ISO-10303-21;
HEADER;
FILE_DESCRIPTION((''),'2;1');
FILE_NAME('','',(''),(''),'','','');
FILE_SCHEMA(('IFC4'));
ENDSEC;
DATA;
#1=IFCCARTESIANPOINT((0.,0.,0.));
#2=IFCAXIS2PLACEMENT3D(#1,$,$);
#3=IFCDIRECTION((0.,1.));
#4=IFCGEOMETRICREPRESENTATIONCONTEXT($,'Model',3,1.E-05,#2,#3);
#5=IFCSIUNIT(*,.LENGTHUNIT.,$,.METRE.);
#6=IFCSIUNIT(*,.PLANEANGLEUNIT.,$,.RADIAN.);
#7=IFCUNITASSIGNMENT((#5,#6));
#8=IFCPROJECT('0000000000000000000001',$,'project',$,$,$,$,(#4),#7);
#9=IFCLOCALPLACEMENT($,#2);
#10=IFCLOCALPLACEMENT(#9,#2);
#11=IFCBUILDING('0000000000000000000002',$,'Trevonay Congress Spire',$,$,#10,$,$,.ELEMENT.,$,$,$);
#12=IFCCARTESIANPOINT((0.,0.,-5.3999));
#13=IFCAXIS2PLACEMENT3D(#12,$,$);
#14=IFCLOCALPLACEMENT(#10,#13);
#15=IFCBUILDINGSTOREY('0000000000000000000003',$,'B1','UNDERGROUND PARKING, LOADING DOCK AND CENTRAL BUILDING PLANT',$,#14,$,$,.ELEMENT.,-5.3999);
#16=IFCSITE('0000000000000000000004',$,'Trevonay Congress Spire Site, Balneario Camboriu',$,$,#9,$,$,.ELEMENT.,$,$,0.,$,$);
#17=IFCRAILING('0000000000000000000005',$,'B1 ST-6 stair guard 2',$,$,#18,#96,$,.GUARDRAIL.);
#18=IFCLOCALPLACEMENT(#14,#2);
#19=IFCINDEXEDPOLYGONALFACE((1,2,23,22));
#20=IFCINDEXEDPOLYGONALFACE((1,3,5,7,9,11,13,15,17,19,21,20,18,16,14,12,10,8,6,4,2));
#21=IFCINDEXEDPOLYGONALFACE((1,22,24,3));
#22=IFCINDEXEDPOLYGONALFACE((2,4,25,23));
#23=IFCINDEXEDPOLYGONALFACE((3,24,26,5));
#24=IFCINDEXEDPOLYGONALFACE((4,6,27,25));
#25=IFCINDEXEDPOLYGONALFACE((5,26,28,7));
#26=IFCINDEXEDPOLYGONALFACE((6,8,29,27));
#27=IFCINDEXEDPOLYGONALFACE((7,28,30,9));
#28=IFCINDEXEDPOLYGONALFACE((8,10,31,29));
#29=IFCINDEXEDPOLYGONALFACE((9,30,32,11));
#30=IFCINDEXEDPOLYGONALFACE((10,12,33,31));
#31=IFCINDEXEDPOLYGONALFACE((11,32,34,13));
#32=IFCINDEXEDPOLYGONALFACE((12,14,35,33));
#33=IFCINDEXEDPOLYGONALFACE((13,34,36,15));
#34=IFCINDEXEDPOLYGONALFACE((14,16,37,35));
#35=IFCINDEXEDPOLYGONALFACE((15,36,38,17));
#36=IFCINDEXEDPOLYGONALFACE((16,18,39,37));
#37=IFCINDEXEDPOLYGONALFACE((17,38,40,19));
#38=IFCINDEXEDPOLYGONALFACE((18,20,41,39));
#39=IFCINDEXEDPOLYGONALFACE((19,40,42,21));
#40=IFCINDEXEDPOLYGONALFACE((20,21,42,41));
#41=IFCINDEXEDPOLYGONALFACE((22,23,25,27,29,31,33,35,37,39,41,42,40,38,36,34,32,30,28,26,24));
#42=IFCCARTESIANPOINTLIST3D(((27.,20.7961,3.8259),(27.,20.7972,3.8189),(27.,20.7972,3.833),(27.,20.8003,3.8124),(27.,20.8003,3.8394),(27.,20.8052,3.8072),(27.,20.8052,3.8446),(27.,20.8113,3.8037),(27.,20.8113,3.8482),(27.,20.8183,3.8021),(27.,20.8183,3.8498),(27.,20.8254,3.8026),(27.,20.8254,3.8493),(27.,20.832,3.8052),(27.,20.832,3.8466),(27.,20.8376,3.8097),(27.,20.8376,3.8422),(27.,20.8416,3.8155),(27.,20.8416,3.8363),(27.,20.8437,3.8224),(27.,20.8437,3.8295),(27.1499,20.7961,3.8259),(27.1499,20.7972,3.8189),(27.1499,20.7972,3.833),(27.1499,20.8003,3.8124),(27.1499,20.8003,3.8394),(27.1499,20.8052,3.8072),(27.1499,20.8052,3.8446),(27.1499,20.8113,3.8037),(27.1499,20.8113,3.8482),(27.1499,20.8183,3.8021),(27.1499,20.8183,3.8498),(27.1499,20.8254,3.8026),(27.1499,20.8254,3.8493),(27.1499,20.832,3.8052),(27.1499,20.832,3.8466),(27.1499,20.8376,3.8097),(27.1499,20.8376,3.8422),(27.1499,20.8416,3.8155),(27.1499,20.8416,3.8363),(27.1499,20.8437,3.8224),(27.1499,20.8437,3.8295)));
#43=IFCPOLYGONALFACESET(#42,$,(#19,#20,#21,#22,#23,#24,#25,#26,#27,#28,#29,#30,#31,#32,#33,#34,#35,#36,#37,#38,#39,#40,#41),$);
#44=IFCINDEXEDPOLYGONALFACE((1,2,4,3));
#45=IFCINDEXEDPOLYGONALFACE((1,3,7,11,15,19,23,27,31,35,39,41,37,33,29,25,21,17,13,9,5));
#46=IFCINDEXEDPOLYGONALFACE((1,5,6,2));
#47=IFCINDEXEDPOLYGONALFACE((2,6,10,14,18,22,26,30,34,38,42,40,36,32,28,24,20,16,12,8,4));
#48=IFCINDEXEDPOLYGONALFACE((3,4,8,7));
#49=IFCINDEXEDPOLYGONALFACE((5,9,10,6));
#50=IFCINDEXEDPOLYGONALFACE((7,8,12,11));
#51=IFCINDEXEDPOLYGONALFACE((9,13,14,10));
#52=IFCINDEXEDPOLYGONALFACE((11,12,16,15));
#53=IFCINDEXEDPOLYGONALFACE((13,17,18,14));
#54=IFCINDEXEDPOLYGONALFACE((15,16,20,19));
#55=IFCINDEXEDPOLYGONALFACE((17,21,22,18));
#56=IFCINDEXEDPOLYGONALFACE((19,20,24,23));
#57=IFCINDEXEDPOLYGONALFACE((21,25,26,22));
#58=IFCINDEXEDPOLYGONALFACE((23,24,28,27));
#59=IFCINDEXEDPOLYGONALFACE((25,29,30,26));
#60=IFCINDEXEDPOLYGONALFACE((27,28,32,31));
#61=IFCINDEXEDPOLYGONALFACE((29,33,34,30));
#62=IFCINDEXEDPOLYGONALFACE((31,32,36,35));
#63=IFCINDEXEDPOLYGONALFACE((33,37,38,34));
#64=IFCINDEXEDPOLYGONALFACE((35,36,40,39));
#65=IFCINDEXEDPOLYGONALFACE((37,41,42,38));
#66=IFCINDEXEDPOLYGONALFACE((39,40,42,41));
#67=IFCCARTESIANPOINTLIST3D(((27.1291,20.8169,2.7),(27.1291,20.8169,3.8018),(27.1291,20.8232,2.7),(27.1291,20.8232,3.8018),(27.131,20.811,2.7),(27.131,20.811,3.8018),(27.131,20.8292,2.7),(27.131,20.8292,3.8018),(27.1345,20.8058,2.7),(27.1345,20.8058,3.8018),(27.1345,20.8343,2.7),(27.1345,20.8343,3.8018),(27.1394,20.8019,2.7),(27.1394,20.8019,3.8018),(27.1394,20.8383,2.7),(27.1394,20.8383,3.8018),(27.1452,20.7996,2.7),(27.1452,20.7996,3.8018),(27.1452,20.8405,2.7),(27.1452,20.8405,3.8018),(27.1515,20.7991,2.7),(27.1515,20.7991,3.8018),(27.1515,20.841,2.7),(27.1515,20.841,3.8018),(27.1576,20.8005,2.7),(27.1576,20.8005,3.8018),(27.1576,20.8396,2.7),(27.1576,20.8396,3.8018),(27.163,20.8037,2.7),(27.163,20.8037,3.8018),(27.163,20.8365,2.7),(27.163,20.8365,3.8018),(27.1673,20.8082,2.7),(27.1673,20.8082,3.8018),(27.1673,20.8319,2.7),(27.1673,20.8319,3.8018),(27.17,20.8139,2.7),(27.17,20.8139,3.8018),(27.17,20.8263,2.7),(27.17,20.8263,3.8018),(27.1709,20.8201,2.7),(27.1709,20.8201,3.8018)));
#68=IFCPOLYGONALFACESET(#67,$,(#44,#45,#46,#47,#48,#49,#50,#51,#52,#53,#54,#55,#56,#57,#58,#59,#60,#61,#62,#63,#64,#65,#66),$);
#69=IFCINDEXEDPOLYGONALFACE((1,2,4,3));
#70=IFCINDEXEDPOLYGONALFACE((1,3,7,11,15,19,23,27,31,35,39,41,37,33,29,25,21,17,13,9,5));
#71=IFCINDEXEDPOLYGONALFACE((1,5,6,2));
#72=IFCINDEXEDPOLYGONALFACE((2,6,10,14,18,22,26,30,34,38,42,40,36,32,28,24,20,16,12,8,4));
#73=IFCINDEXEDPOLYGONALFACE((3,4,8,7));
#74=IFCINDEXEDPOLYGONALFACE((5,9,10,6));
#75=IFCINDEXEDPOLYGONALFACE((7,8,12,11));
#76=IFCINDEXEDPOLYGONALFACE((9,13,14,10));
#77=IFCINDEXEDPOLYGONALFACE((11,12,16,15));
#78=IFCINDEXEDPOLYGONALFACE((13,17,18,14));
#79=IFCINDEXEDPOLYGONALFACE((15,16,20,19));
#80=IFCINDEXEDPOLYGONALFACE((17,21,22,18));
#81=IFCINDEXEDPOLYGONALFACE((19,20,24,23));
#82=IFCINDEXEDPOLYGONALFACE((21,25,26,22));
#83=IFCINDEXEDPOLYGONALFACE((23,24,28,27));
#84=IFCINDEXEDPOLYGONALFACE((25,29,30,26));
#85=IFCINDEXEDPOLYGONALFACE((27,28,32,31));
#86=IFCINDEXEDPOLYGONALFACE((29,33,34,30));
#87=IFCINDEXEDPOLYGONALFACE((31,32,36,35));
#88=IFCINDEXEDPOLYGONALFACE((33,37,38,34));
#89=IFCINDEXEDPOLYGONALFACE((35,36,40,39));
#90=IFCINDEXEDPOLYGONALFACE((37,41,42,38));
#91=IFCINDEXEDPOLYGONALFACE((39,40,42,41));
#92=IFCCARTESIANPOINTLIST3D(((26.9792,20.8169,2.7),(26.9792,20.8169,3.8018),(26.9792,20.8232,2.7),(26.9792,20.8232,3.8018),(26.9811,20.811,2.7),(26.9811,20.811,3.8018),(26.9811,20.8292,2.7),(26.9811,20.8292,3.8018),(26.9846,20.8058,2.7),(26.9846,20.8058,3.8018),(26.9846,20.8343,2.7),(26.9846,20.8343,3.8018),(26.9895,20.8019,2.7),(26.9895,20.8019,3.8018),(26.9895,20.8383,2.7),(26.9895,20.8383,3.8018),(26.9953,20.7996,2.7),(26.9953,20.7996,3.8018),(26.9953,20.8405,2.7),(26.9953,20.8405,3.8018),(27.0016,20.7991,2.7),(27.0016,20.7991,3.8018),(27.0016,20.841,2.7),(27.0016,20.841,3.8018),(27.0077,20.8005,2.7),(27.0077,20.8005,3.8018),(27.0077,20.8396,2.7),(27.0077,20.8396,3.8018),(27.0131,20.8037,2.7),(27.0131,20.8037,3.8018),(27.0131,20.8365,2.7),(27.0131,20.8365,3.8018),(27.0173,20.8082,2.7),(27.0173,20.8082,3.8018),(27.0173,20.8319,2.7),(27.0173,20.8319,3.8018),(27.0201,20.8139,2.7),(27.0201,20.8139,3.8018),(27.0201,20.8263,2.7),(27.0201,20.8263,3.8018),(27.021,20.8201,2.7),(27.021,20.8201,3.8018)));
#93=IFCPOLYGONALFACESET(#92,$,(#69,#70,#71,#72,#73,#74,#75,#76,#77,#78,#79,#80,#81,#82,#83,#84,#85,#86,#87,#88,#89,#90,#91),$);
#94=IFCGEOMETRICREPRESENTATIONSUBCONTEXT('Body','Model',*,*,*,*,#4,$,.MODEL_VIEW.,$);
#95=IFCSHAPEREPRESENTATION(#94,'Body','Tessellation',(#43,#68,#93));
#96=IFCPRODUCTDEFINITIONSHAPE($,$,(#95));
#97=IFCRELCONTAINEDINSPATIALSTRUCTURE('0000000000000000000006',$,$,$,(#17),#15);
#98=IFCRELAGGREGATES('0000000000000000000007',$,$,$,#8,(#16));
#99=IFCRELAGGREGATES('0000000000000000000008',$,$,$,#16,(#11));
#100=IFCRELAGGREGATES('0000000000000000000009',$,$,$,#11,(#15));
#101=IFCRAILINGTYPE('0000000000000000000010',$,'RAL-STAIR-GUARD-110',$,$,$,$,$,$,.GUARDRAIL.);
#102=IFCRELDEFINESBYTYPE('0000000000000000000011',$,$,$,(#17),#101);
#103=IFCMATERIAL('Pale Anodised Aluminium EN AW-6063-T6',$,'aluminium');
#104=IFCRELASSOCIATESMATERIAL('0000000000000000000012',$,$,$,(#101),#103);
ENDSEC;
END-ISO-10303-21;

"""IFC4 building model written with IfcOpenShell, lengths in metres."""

from ifc_helpers import new_model, si_unit, direction, frame, origin, origin_2d, place, context, subcontext, project, spatial, circle, extrude, material, type_object, element, save


model = new_model("IFC4")

# Units and contexts
model_context = context("Model", 3, precision=1e-05, world=origin(), true_north=direction((0.0, 1.0)))
body_context = subcontext(model_context, "Body", "Model", "MODEL_VIEW")
ifc_project = project(units=[si_unit("LENGTHUNIT", "METRE"), si_unit("PLANEANGLEUNIT", "RADIAN")], contexts=[model_context])

# Site, building, storey
site_placement = place(None, origin())
site = spatial("IfcSite", under=ifc_project, at=site_placement, Name="Trevonay Congress Spire Site, Balneario Camboriu", CompositionType="ELEMENT", RefElevation=0.0)
building_placement = place(site_placement, origin())
building = spatial("IfcBuilding", under=site, at=building_placement, Name="Trevonay Congress Spire", CompositionType="ELEMENT")
storey_placement = place(building_placement, frame((0.0, 0.0, -5.3999)))
storey = spatial("IfcBuildingStorey", under=building, at=storey_placement, Name="B1", Description="UNDERGROUND PARKING, LOADING DOCK AND CENTRAL BUILDING PLANT", CompositionType="ELEMENT", Elevation=-5.3999)

# Railing
ifc_material_1 = material(Name="Pale Anodised Aluminium EN AW-6063-T6", Category="aluminium")
railing_type_1 = type_object("IfcRailingType", Name="RAL-STAIR-GUARD-110", PredefinedType="GUARDRAIL", material=ifc_material_1)
railing_1_placement = place(storey_placement, frame((27.1499, 20.8201, 2.7)))
element("IfcRailing", 1, at=railing_1_placement, inside=storey, type_object=railing_type_1, Name="B1 ST-6 stair guard 2", PredefinedType="GUARDRAIL", context=body_context, shape_type="SweptSolid", body=[
    extrude(circle(Radius=0.0239, at=origin_2d()), frame((0.0, 0.0, 1.126), z_axis=(-1.0, 0.0, 0.0), x_axis=(0.0, -1.0, 0.0)), (0.0, 0.0, 1.0), 0.1499),
    extrude(circle(Radius=0.021, at=origin_2d()), origin(), (0.0, 0.0, 1.0), 1.1018),
    extrude(circle(Radius=0.021, at=origin_2d()), frame((-0.1499, 0.0, 0.0)), (0.0, 0.0, 1.0), 1.1018),
])

save(model, "model.ifc")
